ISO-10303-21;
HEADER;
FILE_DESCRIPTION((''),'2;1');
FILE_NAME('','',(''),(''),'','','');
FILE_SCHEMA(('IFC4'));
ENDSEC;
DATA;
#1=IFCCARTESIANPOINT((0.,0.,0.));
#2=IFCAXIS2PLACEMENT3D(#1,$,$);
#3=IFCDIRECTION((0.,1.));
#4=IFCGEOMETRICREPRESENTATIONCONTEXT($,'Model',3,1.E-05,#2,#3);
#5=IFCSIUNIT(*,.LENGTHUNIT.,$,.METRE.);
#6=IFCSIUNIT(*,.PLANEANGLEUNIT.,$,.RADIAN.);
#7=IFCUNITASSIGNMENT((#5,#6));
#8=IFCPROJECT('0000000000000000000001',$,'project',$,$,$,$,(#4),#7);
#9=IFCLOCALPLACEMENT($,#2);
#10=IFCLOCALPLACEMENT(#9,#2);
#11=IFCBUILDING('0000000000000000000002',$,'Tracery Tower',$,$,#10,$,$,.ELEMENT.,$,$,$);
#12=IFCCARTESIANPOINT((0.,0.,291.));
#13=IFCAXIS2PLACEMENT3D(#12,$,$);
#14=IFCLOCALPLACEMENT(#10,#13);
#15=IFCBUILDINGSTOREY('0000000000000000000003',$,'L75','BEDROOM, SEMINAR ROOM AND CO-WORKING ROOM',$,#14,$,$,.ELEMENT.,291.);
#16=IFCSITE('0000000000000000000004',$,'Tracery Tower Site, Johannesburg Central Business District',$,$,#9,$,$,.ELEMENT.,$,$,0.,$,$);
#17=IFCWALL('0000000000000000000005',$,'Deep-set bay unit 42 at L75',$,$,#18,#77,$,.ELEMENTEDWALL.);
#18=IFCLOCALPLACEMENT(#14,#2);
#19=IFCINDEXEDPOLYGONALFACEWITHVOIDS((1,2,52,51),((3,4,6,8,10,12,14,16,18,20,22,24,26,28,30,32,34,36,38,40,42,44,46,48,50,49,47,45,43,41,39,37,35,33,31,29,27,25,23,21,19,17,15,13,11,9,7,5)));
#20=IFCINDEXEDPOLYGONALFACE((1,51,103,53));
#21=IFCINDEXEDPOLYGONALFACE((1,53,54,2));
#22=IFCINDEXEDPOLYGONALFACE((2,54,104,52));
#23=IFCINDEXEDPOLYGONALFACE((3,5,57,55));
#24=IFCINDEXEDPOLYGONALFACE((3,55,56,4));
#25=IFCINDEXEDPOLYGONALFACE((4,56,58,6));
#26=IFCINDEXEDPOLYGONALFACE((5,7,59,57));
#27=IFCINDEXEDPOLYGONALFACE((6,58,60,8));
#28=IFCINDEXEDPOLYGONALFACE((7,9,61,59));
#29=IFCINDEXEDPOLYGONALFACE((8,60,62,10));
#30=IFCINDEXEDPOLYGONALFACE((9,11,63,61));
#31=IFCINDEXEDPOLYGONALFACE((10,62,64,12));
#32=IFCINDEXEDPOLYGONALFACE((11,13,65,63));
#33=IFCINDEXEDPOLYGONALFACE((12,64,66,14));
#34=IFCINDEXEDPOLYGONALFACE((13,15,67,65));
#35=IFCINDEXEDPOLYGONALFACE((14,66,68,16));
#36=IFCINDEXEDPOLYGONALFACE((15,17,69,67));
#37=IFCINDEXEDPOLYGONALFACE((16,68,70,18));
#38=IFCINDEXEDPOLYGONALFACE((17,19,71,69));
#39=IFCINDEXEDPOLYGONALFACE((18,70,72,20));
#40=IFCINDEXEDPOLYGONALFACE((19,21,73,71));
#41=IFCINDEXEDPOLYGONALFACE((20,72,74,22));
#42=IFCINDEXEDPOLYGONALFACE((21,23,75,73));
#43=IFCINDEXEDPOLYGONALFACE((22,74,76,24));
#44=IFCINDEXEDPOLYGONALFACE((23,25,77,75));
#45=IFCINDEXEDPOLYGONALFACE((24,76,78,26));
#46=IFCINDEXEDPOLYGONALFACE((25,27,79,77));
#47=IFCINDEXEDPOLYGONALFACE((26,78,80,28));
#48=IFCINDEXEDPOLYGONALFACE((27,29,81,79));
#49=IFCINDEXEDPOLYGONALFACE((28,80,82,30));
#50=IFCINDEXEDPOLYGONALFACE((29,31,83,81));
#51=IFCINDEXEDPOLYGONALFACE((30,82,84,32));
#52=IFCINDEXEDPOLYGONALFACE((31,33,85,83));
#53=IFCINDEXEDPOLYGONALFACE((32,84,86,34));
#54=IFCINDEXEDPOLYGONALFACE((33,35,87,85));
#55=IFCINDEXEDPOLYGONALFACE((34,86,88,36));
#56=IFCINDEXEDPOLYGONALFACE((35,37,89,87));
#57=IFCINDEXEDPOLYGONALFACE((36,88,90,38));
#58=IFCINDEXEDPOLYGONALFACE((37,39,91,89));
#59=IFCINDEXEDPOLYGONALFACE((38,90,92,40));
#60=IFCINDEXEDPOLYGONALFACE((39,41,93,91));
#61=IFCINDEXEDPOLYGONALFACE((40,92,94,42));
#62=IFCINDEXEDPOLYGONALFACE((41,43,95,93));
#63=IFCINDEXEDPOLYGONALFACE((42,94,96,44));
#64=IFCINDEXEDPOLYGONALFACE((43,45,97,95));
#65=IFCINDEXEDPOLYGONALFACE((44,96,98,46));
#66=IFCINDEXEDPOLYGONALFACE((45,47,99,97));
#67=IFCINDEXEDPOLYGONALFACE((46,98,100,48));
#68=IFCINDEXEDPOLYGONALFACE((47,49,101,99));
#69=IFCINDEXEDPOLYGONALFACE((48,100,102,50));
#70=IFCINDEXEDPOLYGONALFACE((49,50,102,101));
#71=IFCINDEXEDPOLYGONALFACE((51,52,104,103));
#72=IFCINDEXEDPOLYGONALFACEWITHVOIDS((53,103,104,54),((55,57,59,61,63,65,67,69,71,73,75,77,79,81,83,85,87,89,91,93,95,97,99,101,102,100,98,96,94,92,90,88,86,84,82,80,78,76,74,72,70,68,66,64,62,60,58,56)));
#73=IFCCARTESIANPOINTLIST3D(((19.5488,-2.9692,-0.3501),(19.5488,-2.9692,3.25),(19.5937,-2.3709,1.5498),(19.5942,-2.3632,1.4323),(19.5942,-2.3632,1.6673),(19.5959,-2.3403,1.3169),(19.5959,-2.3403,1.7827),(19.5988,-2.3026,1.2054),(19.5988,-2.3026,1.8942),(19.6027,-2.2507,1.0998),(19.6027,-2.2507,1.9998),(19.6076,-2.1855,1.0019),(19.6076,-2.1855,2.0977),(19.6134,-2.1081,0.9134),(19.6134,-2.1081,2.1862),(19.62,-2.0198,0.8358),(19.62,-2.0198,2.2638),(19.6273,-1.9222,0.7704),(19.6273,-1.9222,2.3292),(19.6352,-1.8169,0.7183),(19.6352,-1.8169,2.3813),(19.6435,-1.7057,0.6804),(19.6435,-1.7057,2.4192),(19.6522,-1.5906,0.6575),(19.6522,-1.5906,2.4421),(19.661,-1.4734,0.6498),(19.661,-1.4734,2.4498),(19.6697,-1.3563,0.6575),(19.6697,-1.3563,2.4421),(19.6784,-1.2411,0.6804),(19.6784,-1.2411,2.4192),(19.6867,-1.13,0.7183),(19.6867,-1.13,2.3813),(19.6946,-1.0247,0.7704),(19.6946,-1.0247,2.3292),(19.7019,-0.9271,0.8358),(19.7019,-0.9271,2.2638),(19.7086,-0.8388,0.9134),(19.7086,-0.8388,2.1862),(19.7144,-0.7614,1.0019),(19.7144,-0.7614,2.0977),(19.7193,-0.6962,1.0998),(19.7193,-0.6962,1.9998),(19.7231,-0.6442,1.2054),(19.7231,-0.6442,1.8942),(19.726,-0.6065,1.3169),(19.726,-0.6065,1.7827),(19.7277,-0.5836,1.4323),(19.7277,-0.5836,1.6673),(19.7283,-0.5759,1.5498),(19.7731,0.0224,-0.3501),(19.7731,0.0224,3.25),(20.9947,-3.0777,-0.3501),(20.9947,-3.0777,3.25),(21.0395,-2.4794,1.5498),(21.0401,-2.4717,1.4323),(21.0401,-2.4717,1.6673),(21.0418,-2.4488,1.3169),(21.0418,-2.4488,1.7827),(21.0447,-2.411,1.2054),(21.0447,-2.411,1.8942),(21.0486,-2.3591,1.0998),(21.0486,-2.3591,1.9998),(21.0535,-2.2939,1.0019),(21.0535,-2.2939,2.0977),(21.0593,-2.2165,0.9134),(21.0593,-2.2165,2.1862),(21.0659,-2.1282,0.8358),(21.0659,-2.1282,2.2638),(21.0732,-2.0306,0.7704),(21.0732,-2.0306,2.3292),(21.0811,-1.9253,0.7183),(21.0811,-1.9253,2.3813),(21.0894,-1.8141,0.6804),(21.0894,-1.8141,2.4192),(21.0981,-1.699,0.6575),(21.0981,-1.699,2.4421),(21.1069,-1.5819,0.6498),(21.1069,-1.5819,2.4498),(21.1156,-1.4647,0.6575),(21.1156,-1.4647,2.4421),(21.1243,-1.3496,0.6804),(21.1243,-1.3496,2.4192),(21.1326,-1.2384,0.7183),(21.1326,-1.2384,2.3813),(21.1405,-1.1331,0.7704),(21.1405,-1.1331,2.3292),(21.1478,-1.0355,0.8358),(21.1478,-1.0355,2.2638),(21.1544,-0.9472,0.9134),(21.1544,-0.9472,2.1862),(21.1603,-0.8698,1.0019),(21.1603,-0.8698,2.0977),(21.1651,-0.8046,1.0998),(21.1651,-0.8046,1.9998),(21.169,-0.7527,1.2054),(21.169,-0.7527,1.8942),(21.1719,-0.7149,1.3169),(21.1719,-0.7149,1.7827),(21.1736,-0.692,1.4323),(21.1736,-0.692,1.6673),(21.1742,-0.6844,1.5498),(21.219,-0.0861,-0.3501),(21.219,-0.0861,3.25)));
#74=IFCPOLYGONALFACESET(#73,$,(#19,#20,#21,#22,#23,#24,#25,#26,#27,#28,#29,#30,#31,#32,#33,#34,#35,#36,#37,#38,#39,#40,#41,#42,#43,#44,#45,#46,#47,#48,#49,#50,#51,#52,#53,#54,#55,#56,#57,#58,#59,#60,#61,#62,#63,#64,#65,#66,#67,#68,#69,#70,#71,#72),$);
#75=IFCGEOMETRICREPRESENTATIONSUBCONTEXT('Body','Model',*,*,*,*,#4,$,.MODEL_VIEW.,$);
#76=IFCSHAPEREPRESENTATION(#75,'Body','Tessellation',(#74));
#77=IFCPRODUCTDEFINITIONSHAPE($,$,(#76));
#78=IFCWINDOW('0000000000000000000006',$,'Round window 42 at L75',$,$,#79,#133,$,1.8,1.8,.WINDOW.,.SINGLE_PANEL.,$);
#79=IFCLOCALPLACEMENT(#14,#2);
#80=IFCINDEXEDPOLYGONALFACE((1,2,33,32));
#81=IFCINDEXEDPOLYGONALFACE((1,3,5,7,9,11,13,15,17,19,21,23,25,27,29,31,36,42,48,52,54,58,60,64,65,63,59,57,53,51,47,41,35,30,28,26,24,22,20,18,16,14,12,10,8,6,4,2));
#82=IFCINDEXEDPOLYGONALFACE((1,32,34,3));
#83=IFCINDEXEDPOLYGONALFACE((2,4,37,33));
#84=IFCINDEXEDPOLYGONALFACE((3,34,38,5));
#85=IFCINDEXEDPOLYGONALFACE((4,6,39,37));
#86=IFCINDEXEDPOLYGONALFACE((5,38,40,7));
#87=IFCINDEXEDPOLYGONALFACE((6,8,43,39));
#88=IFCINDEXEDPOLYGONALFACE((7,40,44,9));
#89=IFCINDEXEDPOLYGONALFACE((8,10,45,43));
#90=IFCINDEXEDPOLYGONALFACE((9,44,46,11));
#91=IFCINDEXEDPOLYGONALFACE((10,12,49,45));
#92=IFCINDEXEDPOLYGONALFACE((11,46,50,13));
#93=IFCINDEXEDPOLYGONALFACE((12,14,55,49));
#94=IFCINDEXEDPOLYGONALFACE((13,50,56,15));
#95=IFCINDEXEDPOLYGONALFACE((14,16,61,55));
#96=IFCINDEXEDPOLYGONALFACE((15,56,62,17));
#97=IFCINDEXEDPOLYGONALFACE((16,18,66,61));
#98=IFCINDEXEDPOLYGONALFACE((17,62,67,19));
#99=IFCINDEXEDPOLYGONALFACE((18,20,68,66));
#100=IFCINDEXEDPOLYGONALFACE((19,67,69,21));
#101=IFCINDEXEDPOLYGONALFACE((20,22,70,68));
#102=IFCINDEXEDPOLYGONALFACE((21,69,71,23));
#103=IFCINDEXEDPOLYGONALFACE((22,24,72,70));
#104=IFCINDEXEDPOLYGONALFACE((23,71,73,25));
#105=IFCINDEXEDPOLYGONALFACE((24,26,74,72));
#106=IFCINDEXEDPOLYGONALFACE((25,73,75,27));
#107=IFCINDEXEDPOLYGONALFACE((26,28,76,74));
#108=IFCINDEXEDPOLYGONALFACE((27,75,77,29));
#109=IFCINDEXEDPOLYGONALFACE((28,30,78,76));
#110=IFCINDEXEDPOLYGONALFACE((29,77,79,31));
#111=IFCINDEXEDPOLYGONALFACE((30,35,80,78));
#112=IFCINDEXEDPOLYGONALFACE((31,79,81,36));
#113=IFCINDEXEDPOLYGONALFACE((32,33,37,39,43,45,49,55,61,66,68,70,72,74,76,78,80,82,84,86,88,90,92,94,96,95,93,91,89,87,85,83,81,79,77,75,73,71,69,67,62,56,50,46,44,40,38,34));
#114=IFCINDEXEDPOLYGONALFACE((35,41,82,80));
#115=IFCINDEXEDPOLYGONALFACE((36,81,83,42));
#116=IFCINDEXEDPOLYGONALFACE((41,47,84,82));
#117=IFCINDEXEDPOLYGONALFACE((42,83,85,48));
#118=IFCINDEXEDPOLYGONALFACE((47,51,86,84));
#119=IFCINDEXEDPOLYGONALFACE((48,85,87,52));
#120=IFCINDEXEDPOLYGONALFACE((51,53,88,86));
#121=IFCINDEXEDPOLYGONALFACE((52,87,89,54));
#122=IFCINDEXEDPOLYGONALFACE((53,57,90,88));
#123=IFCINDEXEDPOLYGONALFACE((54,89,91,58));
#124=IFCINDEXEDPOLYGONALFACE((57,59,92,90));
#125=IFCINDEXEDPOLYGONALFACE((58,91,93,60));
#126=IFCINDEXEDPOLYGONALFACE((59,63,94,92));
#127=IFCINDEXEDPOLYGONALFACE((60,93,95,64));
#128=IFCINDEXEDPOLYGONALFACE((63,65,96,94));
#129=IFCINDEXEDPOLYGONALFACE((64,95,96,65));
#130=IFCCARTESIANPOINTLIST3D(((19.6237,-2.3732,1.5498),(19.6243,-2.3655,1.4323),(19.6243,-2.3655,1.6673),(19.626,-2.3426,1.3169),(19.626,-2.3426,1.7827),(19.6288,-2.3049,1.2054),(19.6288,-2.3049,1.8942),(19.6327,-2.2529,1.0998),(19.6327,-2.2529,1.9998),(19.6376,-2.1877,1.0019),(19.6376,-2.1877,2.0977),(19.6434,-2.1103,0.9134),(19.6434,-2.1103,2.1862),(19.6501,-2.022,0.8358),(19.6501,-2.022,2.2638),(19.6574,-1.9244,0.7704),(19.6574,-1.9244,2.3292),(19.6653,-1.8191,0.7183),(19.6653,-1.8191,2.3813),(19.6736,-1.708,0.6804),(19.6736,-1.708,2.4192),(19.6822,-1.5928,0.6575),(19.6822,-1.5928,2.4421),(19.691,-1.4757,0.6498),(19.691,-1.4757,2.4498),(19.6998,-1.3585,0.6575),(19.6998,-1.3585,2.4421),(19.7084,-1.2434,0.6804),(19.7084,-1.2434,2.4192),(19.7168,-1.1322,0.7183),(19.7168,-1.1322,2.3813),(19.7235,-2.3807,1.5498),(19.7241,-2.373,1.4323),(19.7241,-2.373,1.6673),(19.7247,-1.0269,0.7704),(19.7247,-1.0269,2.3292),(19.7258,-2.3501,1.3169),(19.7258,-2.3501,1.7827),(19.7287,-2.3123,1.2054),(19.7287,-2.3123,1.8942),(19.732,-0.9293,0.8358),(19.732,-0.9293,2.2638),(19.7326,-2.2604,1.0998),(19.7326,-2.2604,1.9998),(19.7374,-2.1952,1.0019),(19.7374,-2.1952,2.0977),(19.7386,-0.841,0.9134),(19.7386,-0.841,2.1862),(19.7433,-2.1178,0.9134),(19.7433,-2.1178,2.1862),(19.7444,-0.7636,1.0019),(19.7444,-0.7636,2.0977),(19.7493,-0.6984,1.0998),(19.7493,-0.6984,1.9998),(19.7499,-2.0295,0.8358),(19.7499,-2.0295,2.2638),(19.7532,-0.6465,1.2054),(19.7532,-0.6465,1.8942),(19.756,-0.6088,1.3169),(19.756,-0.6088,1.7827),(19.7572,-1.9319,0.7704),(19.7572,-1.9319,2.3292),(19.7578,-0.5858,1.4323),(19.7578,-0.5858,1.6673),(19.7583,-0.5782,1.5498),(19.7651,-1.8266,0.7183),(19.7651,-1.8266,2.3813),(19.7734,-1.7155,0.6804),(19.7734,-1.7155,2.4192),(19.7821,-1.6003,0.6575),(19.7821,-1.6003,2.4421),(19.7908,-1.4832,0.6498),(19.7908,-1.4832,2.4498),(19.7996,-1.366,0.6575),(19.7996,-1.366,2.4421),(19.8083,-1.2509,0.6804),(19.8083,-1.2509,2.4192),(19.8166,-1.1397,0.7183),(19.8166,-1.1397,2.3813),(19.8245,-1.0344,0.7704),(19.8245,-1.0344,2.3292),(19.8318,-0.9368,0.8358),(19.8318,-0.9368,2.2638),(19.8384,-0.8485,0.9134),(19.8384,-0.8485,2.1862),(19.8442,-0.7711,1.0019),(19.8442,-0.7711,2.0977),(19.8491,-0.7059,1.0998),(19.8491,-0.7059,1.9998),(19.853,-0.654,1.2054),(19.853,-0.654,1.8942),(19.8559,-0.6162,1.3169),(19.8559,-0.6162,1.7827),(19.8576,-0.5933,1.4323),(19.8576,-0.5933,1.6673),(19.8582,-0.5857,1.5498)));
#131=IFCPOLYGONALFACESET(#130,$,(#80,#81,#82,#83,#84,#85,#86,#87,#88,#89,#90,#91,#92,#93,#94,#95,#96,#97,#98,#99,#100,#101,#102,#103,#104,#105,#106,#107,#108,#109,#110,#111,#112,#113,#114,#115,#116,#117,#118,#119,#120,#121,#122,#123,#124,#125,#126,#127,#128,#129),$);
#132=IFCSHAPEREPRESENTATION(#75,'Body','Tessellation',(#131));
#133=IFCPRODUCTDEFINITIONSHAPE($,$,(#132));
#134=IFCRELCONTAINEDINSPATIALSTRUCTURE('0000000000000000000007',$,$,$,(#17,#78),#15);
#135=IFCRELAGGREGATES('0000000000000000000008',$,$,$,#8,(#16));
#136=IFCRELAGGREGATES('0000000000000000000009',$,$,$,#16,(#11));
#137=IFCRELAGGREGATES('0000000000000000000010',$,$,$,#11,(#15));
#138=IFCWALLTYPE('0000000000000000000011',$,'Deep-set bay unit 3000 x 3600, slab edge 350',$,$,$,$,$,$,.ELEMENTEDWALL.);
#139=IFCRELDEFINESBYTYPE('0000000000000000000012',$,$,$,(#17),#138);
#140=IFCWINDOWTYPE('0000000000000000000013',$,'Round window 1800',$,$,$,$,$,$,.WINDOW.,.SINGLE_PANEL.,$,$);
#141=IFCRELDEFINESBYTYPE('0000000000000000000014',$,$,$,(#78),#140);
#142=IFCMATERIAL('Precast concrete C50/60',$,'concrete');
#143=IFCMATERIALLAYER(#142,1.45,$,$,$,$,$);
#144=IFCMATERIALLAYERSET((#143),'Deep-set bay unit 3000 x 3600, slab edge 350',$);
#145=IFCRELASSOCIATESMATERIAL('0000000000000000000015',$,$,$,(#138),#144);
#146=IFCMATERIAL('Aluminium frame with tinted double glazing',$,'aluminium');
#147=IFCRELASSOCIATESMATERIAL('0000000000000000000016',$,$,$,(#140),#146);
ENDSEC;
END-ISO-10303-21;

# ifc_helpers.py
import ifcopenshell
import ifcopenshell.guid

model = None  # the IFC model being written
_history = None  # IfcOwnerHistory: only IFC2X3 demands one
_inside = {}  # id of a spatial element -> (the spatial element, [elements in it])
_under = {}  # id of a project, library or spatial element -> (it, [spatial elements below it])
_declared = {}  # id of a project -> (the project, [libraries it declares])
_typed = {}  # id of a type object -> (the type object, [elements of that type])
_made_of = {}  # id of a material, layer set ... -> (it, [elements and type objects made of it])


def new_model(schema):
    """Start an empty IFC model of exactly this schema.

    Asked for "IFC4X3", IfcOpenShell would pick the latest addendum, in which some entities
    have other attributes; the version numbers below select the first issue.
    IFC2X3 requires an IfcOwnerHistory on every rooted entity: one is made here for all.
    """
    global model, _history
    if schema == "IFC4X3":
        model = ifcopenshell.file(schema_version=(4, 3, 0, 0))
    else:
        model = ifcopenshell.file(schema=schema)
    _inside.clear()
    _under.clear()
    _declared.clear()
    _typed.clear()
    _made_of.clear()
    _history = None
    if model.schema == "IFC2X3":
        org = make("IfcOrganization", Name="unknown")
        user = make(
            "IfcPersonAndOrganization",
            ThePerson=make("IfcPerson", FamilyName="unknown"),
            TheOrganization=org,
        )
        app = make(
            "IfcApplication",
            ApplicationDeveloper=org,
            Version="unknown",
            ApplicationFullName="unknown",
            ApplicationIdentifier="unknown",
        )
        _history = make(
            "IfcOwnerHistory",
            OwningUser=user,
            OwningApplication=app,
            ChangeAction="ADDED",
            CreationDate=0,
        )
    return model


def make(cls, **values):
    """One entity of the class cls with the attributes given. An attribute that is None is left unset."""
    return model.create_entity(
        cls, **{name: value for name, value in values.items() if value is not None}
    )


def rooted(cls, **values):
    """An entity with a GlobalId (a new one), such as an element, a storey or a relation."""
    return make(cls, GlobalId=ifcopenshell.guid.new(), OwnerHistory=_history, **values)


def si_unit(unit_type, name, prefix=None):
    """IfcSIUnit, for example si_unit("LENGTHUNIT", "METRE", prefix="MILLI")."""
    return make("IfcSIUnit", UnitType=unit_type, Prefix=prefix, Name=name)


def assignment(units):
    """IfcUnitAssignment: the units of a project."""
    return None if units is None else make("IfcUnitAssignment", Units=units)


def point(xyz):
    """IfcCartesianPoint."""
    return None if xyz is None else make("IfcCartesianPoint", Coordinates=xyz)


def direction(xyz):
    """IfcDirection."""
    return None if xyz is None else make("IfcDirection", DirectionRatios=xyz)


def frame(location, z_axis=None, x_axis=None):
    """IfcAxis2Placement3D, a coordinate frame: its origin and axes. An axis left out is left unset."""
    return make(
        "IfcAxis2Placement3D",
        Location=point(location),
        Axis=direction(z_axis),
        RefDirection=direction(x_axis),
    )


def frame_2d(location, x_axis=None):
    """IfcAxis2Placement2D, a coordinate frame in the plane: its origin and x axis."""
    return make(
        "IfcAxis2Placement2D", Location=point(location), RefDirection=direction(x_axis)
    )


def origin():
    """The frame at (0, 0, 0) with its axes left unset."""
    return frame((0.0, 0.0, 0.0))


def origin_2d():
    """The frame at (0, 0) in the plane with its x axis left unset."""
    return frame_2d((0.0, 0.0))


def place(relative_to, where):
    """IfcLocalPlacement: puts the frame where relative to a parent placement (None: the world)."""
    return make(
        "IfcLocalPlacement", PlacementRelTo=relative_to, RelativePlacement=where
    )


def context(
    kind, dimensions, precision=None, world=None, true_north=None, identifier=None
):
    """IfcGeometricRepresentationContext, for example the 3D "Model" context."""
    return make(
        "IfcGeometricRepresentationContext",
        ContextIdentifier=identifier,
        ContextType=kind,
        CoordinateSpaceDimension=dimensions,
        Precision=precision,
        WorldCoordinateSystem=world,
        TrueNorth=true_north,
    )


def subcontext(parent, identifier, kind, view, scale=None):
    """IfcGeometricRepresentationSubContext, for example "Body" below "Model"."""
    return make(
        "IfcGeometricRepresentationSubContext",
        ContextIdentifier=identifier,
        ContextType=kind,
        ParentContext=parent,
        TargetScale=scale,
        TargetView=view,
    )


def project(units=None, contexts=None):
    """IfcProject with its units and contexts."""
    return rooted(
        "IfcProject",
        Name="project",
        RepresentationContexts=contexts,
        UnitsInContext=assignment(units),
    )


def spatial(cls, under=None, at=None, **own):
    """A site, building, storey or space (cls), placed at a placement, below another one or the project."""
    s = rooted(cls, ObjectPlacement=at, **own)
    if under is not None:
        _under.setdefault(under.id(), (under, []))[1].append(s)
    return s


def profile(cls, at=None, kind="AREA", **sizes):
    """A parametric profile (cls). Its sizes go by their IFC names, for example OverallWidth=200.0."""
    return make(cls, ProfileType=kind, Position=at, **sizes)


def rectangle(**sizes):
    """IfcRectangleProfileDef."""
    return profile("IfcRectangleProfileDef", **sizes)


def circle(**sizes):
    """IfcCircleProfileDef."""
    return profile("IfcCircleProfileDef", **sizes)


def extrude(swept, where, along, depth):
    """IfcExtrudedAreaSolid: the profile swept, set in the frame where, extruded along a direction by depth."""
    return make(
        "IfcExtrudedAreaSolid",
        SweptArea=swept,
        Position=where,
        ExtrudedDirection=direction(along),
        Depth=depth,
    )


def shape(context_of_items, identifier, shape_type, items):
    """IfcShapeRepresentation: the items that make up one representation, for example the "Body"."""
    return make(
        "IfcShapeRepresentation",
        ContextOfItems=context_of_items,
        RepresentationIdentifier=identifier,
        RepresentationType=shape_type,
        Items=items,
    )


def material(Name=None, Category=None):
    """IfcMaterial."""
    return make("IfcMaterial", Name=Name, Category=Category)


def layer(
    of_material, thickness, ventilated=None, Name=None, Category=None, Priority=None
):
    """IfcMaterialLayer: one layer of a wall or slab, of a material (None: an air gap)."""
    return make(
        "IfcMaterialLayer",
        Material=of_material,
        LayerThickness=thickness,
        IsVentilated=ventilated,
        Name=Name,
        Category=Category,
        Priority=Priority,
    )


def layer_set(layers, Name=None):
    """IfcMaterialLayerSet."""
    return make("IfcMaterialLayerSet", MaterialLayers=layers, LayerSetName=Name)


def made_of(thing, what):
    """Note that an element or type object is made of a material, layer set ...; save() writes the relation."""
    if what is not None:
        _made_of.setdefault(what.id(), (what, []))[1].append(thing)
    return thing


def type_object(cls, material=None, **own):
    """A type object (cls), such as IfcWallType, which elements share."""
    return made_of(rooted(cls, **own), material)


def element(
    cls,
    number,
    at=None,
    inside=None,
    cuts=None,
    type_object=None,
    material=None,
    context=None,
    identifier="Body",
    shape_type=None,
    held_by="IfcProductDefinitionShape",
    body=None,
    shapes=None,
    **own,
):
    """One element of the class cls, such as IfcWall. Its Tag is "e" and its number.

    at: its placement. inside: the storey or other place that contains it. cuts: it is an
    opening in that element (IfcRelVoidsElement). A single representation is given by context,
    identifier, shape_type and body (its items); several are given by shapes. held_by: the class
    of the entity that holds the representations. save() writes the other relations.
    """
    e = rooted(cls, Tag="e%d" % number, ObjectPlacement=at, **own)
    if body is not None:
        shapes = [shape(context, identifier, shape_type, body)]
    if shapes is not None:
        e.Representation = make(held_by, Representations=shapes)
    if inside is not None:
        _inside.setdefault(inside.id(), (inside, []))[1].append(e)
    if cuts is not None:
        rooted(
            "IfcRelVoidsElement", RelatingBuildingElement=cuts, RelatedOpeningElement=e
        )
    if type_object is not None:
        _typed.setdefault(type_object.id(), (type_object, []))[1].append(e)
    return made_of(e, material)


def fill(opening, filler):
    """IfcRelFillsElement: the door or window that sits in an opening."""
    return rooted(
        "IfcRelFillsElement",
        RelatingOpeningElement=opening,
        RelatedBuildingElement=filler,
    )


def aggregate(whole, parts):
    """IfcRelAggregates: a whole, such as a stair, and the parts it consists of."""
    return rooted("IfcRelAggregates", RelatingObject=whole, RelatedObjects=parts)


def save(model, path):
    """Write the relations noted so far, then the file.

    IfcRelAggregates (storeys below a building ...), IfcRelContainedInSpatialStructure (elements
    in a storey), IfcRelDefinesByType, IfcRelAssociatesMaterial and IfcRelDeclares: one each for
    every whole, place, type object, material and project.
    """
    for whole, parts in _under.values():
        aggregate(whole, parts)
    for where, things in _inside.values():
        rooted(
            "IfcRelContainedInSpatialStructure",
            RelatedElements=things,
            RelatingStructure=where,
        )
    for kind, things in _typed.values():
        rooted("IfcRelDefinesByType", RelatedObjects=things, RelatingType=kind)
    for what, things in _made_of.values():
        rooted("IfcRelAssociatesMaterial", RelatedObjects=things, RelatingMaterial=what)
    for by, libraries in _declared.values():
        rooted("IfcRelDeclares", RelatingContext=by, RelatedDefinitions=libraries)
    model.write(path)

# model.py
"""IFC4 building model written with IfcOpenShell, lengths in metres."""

from ifc_helpers import new_model, si_unit, direction, frame, frame_2d, origin, origin_2d, place, context, subcontext, project, spatial, rectangle, circle, extrude, material, layer, layer_set, type_object, element, fill, save


model = new_model("IFC4")

# Units and contexts
model_context = context("Model", 3, precision=1e-05, world=origin(), true_north=direction((0.0, 1.0)))
body_context = subcontext(model_context, "Body", "Model", "MODEL_VIEW")
ifc_project = project(units=[si_unit("LENGTHUNIT", "METRE"), si_unit("PLANEANGLEUNIT", "RADIAN")], contexts=[model_context])

# Site, building, storey
site_placement = place(None, origin())
site = spatial("IfcSite", under=ifc_project, at=site_placement, Name="Tracery Tower Site, Johannesburg Central Business District", CompositionType="ELEMENT", RefElevation=0.0)
building_placement = place(site_placement, origin())
building = spatial("IfcBuilding", under=site, at=building_placement, Name="Tracery Tower", CompositionType="ELEMENT")
storey_placement = place(building_placement, frame((0.0, 0.0, 291.0)))
storey = spatial("IfcBuildingStorey", under=building, at=storey_placement, Name="L75", Description="BEDROOM, SEMINAR ROOM AND CO-WORKING ROOM", CompositionType="ELEMENT", Elevation=291.0)

# Wall, opening, window
ifc_material_1 = material(Name="Precast concrete C50/60", Category="concrete")
ifc_layer_1 = layer(ifc_material_1, 1.45)
ifc_layer_set_1 = layer_set([ifc_layer_1], Name="Deep-set bay unit 3000 x 3600, slab edge 350")
wall_type_1 = type_object("IfcWallType", Name="Deep-set bay unit 3000 x 3600, slab edge 350", PredefinedType="ELEMENTEDWALL", material=ifc_layer_set_1)
wall_1_placement = place(storey_placement, frame((20.2717, -3.0234, -0.3501), z_axis=(0.0, 0.0, 1.0), x_axis=(0.074786, 0.9972, 0.0)))
wall_1 = element("IfcWall", 1, at=wall_1_placement, inside=storey, type_object=wall_type_1, Name="Deep-set bay unit 42 at L75", PredefinedType="ELEMENTEDWALL", context=body_context, shape_type="SweptSolid", body=[
    extrude(rectangle(XDim=3.0, YDim=1.45, at=frame_2d((1.5, 0.0))), origin(), (0.0, 0.0, 1.0), 3.6001),
])
opening_1_placement = place(wall_1_placement, frame((1.5, 0.0, 1.8999)))
opening_1 = element("IfcOpeningElement", 2, at=opening_1_placement, cuts=wall_1, PredefinedType="OPENING", context=body_context, shape_type="SweptSolid", body=[
    extrude(circle(Radius=0.9, at=origin_2d()), frame((0.0, 0.7349, 0.0), z_axis=(0.0, -1.0, 0.0), x_axis=(1.0, 0.0, 0.0)), (0.0, 0.0, 1.0), 1.47),
])
ifc_material_2 = material(Name="Aluminium frame with tinted double glazing", Category="aluminium")
window_type = type_object("IfcWindowType", Name="Round window 1800", PartitioningType="SINGLE_PANEL", PredefinedType="WINDOW", material=ifc_material_2)
window_1_placement = place(opening_1_placement, origin())
window_1 = element("IfcWindow", 3, at=window_1_placement, inside=storey, type_object=window_type, Name="Round window 42 at L75", OverallHeight=1.8, OverallWidth=1.8, PartitioningType="SINGLE_PANEL", PredefinedType="WINDOW", context=body_context, shape_type="SweptSolid", body=[
    extrude(circle(Radius=0.9, at=origin_2d()), frame((0.0, 0.6948, 0.0), z_axis=(0.0, -1.0, 0.0), x_axis=(1.0, 0.0, 0.0)), (0.0, 0.0, 1.0), 0.1001),
])
fill(opening_1, window_1)

save(model, "model.ifc")
